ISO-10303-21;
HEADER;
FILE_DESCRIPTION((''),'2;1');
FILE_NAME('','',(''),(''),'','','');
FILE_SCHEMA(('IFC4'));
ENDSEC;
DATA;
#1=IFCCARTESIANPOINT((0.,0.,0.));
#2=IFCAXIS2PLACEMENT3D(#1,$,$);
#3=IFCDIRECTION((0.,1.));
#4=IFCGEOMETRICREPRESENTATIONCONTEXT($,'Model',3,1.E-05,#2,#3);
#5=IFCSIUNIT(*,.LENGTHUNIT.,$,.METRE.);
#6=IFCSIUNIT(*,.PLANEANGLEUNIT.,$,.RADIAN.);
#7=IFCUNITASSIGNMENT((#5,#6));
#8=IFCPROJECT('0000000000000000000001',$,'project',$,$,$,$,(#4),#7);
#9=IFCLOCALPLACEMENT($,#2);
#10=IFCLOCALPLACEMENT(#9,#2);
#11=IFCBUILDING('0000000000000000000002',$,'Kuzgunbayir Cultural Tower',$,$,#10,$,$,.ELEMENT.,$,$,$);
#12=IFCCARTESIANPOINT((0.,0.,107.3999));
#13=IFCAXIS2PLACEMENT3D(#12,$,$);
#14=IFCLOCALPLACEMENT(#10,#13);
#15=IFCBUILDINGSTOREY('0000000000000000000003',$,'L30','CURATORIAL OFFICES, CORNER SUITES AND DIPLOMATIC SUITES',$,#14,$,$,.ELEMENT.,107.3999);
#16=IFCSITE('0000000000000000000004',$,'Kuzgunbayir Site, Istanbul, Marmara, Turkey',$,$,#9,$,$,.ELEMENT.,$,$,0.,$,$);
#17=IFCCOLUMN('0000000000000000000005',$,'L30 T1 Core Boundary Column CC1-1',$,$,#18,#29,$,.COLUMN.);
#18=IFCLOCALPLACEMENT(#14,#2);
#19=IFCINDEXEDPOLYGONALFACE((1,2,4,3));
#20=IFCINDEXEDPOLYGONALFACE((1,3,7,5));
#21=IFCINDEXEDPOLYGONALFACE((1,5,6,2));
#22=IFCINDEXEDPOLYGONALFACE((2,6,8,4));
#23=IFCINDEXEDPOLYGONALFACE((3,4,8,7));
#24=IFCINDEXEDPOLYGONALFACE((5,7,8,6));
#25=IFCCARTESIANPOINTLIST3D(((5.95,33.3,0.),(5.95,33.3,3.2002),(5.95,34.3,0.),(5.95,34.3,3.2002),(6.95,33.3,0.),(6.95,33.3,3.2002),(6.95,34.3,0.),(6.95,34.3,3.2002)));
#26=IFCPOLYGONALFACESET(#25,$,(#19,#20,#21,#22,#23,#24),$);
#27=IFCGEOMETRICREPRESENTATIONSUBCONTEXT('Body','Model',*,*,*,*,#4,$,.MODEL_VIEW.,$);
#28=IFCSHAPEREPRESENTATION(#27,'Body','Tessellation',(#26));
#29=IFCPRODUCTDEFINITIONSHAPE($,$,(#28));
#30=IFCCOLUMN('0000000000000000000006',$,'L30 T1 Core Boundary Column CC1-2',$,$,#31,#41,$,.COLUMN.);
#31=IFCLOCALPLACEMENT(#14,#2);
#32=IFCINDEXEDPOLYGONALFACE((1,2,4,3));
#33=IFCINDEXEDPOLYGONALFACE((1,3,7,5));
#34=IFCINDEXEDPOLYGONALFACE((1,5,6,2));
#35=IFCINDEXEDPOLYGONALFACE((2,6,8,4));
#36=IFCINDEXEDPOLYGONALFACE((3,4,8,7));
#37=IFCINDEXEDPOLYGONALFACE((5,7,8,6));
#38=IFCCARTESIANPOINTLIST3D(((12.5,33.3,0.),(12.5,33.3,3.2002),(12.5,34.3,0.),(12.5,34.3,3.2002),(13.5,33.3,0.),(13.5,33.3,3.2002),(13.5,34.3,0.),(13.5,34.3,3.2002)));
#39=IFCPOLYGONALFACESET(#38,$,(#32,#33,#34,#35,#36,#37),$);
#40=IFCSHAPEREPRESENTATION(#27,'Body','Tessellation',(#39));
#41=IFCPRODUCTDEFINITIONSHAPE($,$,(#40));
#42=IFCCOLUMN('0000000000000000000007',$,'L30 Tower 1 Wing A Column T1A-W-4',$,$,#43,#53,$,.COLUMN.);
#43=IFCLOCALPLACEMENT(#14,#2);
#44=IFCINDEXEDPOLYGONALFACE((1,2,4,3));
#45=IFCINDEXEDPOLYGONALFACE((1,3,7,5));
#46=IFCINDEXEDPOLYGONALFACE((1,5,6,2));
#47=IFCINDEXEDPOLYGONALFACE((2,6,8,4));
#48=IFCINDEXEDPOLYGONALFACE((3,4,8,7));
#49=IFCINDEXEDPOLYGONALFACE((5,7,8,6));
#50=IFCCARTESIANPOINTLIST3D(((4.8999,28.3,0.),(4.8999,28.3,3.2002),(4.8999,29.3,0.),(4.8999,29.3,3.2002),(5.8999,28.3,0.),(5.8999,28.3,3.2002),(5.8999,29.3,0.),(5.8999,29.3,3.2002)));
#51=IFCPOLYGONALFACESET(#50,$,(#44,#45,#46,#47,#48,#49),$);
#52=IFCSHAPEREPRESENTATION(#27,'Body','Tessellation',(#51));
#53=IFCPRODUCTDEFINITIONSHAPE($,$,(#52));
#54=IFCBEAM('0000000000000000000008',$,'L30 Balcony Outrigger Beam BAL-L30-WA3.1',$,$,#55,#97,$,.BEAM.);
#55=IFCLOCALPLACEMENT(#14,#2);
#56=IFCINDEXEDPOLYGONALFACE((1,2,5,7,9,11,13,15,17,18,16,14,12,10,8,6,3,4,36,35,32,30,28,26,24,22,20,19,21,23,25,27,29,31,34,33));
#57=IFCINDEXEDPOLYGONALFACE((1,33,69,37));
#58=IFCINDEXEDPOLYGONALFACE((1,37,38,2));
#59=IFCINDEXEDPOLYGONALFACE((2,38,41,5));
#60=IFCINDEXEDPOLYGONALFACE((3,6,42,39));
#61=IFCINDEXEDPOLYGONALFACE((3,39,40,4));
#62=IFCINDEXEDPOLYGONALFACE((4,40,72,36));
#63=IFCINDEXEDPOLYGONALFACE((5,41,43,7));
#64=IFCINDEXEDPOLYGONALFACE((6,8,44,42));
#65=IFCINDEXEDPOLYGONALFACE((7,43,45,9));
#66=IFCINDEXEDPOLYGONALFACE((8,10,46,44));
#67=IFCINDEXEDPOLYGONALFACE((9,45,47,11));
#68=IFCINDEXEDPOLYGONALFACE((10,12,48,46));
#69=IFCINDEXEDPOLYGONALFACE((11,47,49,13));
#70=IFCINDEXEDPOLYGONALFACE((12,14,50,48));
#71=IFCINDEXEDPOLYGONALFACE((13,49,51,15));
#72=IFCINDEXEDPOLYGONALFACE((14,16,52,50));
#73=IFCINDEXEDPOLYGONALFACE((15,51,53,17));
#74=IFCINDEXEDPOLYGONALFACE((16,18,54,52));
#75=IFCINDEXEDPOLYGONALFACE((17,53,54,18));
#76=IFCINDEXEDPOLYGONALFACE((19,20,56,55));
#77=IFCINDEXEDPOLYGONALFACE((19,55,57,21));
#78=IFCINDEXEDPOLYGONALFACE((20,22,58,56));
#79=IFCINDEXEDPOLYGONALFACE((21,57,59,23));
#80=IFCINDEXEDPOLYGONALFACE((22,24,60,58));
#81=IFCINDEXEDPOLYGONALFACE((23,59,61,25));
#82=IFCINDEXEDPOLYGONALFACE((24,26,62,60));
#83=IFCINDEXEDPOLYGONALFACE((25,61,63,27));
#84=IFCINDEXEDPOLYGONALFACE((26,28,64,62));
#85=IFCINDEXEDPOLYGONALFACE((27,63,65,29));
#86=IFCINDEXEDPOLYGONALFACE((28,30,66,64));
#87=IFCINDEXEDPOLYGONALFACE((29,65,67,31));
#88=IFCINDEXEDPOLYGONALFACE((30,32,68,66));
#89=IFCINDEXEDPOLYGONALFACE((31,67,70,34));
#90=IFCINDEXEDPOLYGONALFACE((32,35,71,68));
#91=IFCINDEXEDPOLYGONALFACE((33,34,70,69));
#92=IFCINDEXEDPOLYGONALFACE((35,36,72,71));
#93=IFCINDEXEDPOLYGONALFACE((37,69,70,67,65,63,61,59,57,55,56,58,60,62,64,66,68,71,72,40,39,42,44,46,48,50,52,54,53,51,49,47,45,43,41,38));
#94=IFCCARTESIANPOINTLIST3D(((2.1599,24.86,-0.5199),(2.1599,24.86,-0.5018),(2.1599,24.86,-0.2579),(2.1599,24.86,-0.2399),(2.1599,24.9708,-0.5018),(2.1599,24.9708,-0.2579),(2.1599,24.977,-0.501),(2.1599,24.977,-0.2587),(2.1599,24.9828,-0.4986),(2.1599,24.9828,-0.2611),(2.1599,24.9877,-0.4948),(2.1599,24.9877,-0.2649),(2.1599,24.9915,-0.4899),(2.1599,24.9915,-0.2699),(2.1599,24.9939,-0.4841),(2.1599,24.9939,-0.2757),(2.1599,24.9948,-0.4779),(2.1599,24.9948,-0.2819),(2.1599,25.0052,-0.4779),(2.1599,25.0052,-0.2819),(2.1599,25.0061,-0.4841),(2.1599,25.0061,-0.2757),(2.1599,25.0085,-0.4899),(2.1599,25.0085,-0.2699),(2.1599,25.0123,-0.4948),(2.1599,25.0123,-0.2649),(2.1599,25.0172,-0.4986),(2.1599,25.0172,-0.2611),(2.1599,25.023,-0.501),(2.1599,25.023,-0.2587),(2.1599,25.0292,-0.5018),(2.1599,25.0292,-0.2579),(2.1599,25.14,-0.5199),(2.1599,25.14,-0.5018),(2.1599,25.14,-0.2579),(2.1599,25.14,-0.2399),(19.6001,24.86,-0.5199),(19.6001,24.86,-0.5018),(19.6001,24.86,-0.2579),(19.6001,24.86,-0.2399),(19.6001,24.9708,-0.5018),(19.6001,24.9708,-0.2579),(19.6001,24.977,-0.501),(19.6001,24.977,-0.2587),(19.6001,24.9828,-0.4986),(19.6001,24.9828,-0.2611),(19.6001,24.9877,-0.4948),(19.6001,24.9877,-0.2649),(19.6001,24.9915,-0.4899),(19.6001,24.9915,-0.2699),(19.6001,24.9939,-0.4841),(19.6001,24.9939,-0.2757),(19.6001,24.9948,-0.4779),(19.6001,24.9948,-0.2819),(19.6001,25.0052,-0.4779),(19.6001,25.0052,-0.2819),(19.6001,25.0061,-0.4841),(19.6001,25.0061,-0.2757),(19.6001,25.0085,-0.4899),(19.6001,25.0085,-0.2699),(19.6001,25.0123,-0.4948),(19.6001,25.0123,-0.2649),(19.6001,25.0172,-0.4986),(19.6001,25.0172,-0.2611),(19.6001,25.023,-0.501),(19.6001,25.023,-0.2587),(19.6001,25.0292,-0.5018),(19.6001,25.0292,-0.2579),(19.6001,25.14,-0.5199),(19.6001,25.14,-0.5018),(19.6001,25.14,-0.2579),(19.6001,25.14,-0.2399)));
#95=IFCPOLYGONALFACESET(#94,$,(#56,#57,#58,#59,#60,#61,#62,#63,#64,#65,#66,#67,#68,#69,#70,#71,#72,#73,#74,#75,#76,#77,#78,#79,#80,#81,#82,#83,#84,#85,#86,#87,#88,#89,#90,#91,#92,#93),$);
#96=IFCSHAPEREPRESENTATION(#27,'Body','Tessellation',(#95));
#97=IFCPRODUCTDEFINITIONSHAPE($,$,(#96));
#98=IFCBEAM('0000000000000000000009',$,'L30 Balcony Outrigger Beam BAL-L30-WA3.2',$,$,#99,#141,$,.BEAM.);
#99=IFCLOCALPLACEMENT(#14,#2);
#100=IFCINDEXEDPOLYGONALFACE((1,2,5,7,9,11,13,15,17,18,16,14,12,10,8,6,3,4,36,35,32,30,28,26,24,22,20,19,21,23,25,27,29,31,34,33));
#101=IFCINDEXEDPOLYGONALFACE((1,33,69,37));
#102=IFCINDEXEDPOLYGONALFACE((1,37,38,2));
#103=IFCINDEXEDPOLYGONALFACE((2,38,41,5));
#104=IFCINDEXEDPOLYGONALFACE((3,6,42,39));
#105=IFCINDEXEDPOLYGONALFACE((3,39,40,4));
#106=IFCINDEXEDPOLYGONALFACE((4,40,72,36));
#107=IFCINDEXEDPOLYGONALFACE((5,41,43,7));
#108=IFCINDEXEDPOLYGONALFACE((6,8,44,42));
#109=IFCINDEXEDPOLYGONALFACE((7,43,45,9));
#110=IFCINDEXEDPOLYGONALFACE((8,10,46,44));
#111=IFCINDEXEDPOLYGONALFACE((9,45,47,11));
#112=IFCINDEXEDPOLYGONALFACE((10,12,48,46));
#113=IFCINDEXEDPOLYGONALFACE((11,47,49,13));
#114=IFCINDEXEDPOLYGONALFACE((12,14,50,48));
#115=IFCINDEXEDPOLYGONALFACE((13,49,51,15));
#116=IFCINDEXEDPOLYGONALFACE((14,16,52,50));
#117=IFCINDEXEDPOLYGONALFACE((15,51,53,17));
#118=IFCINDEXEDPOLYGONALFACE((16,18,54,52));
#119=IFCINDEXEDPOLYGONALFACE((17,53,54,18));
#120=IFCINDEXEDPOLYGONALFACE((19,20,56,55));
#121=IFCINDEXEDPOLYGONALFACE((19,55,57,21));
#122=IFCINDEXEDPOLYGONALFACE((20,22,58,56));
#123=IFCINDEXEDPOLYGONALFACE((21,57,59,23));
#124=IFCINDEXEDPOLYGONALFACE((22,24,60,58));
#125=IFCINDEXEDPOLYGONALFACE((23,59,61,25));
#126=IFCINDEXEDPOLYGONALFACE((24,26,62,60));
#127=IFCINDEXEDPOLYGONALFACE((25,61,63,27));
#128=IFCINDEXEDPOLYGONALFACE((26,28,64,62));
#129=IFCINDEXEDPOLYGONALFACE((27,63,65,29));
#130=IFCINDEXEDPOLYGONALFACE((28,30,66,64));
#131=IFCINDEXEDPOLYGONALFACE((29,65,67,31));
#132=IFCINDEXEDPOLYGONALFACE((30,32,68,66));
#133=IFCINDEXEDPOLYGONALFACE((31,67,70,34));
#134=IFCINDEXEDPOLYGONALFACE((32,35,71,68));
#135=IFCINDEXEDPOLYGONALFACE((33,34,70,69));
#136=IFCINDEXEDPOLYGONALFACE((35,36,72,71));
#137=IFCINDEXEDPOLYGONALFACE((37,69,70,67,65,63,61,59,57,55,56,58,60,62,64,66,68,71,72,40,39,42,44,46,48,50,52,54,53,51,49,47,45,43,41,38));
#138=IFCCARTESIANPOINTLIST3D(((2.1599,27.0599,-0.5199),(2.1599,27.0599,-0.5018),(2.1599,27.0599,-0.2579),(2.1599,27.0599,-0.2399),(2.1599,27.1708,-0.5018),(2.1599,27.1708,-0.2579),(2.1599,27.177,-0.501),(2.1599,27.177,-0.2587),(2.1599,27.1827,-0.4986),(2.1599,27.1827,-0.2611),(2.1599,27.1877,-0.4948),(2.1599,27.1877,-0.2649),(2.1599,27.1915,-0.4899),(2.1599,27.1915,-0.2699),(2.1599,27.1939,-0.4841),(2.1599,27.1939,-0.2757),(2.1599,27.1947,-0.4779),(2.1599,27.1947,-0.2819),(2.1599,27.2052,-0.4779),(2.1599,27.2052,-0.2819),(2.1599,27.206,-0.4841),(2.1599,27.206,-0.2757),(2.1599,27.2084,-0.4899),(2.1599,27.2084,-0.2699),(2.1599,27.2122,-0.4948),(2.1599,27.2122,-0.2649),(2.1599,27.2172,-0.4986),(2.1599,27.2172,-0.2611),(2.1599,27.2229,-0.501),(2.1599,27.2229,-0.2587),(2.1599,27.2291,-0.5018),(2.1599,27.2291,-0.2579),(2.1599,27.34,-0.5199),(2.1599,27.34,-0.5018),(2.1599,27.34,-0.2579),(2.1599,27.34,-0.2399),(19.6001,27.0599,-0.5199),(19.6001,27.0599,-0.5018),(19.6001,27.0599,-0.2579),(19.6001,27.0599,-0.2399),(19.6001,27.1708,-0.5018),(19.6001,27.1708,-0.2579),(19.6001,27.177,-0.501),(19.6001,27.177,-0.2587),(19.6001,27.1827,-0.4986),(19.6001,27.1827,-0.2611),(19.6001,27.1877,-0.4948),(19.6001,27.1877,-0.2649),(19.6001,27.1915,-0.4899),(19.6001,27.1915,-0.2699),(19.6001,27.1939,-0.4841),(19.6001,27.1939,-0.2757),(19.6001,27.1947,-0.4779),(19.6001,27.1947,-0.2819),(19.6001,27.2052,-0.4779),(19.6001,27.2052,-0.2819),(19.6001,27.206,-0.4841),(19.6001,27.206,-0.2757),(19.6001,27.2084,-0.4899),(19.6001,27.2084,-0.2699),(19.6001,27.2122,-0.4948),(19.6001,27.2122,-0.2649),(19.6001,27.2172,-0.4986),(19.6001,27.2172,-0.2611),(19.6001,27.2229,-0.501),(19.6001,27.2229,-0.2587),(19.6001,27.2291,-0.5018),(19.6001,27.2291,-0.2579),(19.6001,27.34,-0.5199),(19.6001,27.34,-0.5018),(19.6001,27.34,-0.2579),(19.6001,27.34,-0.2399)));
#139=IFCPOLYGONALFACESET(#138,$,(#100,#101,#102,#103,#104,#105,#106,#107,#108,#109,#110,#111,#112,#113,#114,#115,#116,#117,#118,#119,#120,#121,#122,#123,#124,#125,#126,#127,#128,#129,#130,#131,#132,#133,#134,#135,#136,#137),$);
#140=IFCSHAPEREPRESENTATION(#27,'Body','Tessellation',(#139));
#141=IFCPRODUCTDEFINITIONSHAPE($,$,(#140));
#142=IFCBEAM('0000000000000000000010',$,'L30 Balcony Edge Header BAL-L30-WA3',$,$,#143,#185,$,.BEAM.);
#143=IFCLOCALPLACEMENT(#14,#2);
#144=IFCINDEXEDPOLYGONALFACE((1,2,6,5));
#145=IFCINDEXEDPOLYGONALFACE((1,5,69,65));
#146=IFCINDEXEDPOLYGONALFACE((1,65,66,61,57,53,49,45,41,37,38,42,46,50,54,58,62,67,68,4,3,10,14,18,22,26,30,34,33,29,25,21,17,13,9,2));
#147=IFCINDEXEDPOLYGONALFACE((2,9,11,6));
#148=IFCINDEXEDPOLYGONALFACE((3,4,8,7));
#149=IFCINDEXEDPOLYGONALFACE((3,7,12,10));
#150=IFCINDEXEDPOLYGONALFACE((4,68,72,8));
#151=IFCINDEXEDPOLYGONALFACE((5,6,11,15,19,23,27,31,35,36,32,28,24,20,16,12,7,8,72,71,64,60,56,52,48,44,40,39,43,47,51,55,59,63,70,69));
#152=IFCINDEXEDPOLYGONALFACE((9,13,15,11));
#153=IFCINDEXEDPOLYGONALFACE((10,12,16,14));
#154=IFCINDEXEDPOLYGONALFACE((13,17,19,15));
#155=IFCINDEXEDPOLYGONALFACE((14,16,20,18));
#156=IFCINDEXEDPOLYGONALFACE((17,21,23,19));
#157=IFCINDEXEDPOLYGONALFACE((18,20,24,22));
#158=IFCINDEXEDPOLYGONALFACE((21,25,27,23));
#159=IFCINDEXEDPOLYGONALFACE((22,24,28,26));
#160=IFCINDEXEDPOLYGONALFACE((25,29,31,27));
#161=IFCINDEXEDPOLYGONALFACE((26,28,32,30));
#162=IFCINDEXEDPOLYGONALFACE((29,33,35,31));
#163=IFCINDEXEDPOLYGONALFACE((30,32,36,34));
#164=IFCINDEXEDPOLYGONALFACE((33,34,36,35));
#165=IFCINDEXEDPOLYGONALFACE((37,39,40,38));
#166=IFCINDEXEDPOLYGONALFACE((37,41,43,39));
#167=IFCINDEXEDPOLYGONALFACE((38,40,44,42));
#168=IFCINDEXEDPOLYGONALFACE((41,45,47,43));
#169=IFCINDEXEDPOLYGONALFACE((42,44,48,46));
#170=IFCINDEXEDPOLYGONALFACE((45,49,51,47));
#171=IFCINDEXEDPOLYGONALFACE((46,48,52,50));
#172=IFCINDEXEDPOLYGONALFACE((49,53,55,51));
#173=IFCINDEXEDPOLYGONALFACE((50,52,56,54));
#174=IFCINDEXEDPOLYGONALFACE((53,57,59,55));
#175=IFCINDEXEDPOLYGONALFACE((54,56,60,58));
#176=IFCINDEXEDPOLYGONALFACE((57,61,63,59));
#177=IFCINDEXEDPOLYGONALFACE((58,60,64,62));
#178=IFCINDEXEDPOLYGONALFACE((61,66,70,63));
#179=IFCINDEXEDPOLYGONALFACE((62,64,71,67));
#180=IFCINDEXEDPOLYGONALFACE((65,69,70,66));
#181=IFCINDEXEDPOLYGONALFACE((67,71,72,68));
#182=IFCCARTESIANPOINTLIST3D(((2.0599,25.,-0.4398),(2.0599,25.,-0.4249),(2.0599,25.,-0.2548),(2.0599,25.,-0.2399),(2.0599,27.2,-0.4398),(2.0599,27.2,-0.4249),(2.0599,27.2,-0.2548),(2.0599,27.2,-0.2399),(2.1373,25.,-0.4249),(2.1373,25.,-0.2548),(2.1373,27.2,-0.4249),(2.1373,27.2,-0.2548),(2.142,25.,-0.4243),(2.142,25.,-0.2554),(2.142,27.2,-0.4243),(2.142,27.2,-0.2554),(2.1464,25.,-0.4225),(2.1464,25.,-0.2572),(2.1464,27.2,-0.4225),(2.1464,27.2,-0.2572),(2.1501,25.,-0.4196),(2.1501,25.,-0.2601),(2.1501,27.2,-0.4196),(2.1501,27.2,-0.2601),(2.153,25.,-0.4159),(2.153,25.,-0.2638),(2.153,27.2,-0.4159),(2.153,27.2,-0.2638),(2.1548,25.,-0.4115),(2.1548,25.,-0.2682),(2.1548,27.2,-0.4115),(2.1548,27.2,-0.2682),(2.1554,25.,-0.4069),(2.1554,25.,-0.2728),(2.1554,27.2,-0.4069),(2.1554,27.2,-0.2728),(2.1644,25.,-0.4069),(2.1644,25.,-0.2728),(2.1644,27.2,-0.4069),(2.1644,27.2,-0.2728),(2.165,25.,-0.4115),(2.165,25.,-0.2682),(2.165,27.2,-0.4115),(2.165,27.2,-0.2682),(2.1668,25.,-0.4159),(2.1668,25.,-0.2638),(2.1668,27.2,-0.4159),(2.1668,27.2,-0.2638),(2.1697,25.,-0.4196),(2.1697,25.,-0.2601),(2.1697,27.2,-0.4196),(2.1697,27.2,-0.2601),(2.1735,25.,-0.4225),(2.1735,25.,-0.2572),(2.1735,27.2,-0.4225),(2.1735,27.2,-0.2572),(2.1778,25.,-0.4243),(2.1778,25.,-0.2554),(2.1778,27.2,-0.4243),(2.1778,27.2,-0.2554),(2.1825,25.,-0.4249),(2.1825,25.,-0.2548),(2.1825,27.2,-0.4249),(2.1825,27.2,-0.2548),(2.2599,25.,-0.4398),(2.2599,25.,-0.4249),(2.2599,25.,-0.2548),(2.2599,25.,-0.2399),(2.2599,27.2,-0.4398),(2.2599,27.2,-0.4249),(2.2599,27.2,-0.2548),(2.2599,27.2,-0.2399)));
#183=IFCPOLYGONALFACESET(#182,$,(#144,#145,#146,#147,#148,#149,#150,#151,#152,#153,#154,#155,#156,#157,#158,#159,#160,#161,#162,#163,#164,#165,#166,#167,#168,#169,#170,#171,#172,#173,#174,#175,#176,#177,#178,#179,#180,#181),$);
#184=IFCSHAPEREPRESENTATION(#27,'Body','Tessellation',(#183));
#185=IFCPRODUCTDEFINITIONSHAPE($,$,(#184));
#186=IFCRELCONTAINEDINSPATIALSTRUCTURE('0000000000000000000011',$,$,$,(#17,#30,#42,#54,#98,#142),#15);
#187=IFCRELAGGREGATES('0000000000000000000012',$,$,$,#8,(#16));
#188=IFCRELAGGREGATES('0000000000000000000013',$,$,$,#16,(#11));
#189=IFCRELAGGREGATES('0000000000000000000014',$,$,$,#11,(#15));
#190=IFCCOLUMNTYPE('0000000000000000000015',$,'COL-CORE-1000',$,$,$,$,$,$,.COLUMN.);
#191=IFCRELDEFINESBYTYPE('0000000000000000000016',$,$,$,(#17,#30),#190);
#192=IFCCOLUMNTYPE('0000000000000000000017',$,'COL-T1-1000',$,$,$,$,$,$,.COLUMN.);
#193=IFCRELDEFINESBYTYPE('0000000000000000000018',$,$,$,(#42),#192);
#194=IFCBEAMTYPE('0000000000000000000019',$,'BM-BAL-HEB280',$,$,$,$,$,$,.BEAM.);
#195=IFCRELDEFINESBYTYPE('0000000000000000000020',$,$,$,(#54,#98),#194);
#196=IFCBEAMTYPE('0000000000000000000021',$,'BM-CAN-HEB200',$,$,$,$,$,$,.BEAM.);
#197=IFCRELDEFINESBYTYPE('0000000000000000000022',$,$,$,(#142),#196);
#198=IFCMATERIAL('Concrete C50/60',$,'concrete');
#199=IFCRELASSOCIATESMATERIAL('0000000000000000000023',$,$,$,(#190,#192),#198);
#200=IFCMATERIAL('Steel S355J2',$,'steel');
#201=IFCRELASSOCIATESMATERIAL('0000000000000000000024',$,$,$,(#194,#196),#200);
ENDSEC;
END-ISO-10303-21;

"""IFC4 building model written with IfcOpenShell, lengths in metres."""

from ifc_helpers import new_model, si_unit, direction, frame, origin, origin_2d, place, context, subcontext, project, spatial, rectangle, i_section, extrude, material, material_profile, profile_set, type_object, element, save


model = new_model("IFC4")

# Units and contexts
model_context = context("Model", 3, precision=1e-05, world=origin(), true_north=direction((0.0, 1.0)))
body_context = subcontext(model_context, "Body", "Model", "MODEL_VIEW")
ifc_project = project(units=[si_unit("LENGTHUNIT", "METRE"), si_unit("PLANEANGLEUNIT", "RADIAN")], contexts=[model_context])

# Site, building, storey
site_placement = place(None, origin())
site = spatial("IfcSite", under=ifc_project, at=site_placement, Name="Kuzgunbayir Site, Istanbul, Marmara, Turkey", CompositionType="ELEMENT", RefElevation=0.0)
building_placement = place(site_placement, origin())
building = spatial("IfcBuilding", under=site, at=building_placement, Name="Kuzgunbayir Cultural Tower", CompositionType="ELEMENT")
storey_placement = place(building_placement, frame((0.0, 0.0, 107.3999)))
storey = spatial("IfcBuildingStorey", under=building, at=storey_placement, Name="L30", Description="CURATORIAL OFFICES, CORNER SUITES AND DIPLOMATIC SUITES", CompositionType="ELEMENT", Elevation=107.3999)

# Columns
ifc_material_1 = material(Name="Concrete C50/60", Category="concrete")
ifc_material_profile_1 = material_profile(ifc_material_1, rectangle(XDim=1.0, YDim=1.0, at=origin_2d()), Name="RC 1000x1000")
ifc_profile_set_1 = profile_set([ifc_material_profile_1], Name="Concrete C50/60")
column_type_1 = type_object("IfcColumnType", Name="COL-CORE-1000", PredefinedType="COLUMN", material=ifc_profile_set_1)
for number, where, z_axis, x_axis, name in (
    (1, (6.45, 33.8, 0.0), (0.0, 0.0, 1.0), (1.0, 0.0, 0.0), "L30 T1 Core Boundary Column CC1-1"),
    (2, (13.0, 33.8, 0.0), (0.0, 0.0, 1.0), (1.0, 0.0, 0.0), "L30 T1 Core Boundary Column CC1-2"),
):
    element("IfcColumn", number, at=place(storey_placement, frame(where, z_axis=z_axis, x_axis=x_axis)), inside=storey, type_object=column_type_1, Name=name, PredefinedType="COLUMN", context=body_context, shape_type="SweptSolid", body=[
        extrude(rectangle(XDim=1.0, YDim=1.0, at=origin_2d()), origin(), (0.0, 0.0, 1.0), 3.2002),
    ])
ifc_material_profile_2 = material_profile(ifc_material_1, rectangle(XDim=1.0, YDim=1.0, at=origin_2d()), Name="RC 1000x1000")
ifc_profile_set_2 = profile_set([ifc_material_profile_2], Name="Concrete C50/60")
column_type_2 = type_object("IfcColumnType", Name="COL-T1-1000", PredefinedType="COLUMN", material=ifc_profile_set_2)
column_placement = place(storey_placement, frame((5.3999, 28.8, 0.0), z_axis=(0.0, 0.0, 1.0), x_axis=(1.0, 0.0, 0.0)))
element("IfcColumn", 3, at=column_placement, inside=storey, type_object=column_type_2, Name="L30 Tower 1 Wing A Column T1A-W-4", PredefinedType="COLUMN", context=body_context, shape_type="SweptSolid", body=[
    extrude(rectangle(XDim=1.0, YDim=1.0, at=origin_2d()), origin(), (0.0, 0.0, 1.0), 3.2002),
])

# Beams
ifc_material_2 = material(Name="Steel S355J2", Category="steel")
ifc_material_profile_3 = material_profile(ifc_material_2, i_section(OverallWidth=0.28, OverallDepth=0.28, WebThickness=0.0105, FlangeThickness=0.0181, FilletRadius=0.0239, at=origin_2d()), Name="HEB 280")
ifc_profile_set_3 = profile_set([ifc_material_profile_3], Name="Steel S355J2")
beam_type_1 = type_object("IfcBeamType", Name="BM-BAL-HEB280", PredefinedType="BEAM", material=ifc_profile_set_3)
for number, where, z_axis, x_axis, name in (
    (4, (2.1599, 25.0, -0.3799), (1.0, 0.0, 0.0), (0.0, 1.0, 0.0), "L30 Balcony Outrigger Beam BAL-L30-WA3.1"),
    (5, (2.1599, 27.2, -0.3799), (1.0, 0.0, 0.0), (0.0, 1.0, 0.0), "L30 Balcony Outrigger Beam BAL-L30-WA3.2"),
):
    element("IfcBeam", number, at=place(storey_placement, frame(where, z_axis=z_axis, x_axis=x_axis)), inside=storey, type_object=beam_type_1, Name=name, PredefinedType="BEAM", context=body_context, shape_type="SweptSolid", body=[
        extrude(i_section(OverallWidth=0.28, OverallDepth=0.28, WebThickness=0.0105, FlangeThickness=0.0181, FilletRadius=0.0239, at=origin_2d()), origin(), (0.0, 0.0, 1.0), 17.4402),
    ])
ifc_material_profile_4 = material_profile(ifc_material_2, i_section(OverallWidth=0.2, OverallDepth=0.2, WebThickness=0.009, FlangeThickness=0.0149, FilletRadius=0.0181, at=origin_2d()), Name="HEB 200")
ifc_profile_set_4 = profile_set([ifc_material_profile_4], Name="Steel S355J2")
beam_type_2 = type_object("IfcBeamType", Name="BM-CAN-HEB200", PredefinedType="BEAM", material=ifc_profile_set_4)
beam_1_placement = place(storey_placement, frame((2.1599, 25.0, -0.3398), z_axis=(0.0, 1.0, 0.0), x_axis=(-1.0, 0.0, 0.0)))
element("IfcBeam", 6, at=beam_1_placement, inside=storey, type_object=beam_type_2, Name="L30 Balcony Edge Header BAL-L30-WA3", PredefinedType="BEAM", context=body_context, shape_type="SweptSolid", body=[
    extrude(i_section(OverallWidth=0.2, OverallDepth=0.2, WebThickness=0.009, FlangeThickness=0.0149, FilletRadius=0.0181, at=origin_2d()), origin(), (0.0, 0.0, 1.0), 2.2),
])

save(model, "model.ifc")
